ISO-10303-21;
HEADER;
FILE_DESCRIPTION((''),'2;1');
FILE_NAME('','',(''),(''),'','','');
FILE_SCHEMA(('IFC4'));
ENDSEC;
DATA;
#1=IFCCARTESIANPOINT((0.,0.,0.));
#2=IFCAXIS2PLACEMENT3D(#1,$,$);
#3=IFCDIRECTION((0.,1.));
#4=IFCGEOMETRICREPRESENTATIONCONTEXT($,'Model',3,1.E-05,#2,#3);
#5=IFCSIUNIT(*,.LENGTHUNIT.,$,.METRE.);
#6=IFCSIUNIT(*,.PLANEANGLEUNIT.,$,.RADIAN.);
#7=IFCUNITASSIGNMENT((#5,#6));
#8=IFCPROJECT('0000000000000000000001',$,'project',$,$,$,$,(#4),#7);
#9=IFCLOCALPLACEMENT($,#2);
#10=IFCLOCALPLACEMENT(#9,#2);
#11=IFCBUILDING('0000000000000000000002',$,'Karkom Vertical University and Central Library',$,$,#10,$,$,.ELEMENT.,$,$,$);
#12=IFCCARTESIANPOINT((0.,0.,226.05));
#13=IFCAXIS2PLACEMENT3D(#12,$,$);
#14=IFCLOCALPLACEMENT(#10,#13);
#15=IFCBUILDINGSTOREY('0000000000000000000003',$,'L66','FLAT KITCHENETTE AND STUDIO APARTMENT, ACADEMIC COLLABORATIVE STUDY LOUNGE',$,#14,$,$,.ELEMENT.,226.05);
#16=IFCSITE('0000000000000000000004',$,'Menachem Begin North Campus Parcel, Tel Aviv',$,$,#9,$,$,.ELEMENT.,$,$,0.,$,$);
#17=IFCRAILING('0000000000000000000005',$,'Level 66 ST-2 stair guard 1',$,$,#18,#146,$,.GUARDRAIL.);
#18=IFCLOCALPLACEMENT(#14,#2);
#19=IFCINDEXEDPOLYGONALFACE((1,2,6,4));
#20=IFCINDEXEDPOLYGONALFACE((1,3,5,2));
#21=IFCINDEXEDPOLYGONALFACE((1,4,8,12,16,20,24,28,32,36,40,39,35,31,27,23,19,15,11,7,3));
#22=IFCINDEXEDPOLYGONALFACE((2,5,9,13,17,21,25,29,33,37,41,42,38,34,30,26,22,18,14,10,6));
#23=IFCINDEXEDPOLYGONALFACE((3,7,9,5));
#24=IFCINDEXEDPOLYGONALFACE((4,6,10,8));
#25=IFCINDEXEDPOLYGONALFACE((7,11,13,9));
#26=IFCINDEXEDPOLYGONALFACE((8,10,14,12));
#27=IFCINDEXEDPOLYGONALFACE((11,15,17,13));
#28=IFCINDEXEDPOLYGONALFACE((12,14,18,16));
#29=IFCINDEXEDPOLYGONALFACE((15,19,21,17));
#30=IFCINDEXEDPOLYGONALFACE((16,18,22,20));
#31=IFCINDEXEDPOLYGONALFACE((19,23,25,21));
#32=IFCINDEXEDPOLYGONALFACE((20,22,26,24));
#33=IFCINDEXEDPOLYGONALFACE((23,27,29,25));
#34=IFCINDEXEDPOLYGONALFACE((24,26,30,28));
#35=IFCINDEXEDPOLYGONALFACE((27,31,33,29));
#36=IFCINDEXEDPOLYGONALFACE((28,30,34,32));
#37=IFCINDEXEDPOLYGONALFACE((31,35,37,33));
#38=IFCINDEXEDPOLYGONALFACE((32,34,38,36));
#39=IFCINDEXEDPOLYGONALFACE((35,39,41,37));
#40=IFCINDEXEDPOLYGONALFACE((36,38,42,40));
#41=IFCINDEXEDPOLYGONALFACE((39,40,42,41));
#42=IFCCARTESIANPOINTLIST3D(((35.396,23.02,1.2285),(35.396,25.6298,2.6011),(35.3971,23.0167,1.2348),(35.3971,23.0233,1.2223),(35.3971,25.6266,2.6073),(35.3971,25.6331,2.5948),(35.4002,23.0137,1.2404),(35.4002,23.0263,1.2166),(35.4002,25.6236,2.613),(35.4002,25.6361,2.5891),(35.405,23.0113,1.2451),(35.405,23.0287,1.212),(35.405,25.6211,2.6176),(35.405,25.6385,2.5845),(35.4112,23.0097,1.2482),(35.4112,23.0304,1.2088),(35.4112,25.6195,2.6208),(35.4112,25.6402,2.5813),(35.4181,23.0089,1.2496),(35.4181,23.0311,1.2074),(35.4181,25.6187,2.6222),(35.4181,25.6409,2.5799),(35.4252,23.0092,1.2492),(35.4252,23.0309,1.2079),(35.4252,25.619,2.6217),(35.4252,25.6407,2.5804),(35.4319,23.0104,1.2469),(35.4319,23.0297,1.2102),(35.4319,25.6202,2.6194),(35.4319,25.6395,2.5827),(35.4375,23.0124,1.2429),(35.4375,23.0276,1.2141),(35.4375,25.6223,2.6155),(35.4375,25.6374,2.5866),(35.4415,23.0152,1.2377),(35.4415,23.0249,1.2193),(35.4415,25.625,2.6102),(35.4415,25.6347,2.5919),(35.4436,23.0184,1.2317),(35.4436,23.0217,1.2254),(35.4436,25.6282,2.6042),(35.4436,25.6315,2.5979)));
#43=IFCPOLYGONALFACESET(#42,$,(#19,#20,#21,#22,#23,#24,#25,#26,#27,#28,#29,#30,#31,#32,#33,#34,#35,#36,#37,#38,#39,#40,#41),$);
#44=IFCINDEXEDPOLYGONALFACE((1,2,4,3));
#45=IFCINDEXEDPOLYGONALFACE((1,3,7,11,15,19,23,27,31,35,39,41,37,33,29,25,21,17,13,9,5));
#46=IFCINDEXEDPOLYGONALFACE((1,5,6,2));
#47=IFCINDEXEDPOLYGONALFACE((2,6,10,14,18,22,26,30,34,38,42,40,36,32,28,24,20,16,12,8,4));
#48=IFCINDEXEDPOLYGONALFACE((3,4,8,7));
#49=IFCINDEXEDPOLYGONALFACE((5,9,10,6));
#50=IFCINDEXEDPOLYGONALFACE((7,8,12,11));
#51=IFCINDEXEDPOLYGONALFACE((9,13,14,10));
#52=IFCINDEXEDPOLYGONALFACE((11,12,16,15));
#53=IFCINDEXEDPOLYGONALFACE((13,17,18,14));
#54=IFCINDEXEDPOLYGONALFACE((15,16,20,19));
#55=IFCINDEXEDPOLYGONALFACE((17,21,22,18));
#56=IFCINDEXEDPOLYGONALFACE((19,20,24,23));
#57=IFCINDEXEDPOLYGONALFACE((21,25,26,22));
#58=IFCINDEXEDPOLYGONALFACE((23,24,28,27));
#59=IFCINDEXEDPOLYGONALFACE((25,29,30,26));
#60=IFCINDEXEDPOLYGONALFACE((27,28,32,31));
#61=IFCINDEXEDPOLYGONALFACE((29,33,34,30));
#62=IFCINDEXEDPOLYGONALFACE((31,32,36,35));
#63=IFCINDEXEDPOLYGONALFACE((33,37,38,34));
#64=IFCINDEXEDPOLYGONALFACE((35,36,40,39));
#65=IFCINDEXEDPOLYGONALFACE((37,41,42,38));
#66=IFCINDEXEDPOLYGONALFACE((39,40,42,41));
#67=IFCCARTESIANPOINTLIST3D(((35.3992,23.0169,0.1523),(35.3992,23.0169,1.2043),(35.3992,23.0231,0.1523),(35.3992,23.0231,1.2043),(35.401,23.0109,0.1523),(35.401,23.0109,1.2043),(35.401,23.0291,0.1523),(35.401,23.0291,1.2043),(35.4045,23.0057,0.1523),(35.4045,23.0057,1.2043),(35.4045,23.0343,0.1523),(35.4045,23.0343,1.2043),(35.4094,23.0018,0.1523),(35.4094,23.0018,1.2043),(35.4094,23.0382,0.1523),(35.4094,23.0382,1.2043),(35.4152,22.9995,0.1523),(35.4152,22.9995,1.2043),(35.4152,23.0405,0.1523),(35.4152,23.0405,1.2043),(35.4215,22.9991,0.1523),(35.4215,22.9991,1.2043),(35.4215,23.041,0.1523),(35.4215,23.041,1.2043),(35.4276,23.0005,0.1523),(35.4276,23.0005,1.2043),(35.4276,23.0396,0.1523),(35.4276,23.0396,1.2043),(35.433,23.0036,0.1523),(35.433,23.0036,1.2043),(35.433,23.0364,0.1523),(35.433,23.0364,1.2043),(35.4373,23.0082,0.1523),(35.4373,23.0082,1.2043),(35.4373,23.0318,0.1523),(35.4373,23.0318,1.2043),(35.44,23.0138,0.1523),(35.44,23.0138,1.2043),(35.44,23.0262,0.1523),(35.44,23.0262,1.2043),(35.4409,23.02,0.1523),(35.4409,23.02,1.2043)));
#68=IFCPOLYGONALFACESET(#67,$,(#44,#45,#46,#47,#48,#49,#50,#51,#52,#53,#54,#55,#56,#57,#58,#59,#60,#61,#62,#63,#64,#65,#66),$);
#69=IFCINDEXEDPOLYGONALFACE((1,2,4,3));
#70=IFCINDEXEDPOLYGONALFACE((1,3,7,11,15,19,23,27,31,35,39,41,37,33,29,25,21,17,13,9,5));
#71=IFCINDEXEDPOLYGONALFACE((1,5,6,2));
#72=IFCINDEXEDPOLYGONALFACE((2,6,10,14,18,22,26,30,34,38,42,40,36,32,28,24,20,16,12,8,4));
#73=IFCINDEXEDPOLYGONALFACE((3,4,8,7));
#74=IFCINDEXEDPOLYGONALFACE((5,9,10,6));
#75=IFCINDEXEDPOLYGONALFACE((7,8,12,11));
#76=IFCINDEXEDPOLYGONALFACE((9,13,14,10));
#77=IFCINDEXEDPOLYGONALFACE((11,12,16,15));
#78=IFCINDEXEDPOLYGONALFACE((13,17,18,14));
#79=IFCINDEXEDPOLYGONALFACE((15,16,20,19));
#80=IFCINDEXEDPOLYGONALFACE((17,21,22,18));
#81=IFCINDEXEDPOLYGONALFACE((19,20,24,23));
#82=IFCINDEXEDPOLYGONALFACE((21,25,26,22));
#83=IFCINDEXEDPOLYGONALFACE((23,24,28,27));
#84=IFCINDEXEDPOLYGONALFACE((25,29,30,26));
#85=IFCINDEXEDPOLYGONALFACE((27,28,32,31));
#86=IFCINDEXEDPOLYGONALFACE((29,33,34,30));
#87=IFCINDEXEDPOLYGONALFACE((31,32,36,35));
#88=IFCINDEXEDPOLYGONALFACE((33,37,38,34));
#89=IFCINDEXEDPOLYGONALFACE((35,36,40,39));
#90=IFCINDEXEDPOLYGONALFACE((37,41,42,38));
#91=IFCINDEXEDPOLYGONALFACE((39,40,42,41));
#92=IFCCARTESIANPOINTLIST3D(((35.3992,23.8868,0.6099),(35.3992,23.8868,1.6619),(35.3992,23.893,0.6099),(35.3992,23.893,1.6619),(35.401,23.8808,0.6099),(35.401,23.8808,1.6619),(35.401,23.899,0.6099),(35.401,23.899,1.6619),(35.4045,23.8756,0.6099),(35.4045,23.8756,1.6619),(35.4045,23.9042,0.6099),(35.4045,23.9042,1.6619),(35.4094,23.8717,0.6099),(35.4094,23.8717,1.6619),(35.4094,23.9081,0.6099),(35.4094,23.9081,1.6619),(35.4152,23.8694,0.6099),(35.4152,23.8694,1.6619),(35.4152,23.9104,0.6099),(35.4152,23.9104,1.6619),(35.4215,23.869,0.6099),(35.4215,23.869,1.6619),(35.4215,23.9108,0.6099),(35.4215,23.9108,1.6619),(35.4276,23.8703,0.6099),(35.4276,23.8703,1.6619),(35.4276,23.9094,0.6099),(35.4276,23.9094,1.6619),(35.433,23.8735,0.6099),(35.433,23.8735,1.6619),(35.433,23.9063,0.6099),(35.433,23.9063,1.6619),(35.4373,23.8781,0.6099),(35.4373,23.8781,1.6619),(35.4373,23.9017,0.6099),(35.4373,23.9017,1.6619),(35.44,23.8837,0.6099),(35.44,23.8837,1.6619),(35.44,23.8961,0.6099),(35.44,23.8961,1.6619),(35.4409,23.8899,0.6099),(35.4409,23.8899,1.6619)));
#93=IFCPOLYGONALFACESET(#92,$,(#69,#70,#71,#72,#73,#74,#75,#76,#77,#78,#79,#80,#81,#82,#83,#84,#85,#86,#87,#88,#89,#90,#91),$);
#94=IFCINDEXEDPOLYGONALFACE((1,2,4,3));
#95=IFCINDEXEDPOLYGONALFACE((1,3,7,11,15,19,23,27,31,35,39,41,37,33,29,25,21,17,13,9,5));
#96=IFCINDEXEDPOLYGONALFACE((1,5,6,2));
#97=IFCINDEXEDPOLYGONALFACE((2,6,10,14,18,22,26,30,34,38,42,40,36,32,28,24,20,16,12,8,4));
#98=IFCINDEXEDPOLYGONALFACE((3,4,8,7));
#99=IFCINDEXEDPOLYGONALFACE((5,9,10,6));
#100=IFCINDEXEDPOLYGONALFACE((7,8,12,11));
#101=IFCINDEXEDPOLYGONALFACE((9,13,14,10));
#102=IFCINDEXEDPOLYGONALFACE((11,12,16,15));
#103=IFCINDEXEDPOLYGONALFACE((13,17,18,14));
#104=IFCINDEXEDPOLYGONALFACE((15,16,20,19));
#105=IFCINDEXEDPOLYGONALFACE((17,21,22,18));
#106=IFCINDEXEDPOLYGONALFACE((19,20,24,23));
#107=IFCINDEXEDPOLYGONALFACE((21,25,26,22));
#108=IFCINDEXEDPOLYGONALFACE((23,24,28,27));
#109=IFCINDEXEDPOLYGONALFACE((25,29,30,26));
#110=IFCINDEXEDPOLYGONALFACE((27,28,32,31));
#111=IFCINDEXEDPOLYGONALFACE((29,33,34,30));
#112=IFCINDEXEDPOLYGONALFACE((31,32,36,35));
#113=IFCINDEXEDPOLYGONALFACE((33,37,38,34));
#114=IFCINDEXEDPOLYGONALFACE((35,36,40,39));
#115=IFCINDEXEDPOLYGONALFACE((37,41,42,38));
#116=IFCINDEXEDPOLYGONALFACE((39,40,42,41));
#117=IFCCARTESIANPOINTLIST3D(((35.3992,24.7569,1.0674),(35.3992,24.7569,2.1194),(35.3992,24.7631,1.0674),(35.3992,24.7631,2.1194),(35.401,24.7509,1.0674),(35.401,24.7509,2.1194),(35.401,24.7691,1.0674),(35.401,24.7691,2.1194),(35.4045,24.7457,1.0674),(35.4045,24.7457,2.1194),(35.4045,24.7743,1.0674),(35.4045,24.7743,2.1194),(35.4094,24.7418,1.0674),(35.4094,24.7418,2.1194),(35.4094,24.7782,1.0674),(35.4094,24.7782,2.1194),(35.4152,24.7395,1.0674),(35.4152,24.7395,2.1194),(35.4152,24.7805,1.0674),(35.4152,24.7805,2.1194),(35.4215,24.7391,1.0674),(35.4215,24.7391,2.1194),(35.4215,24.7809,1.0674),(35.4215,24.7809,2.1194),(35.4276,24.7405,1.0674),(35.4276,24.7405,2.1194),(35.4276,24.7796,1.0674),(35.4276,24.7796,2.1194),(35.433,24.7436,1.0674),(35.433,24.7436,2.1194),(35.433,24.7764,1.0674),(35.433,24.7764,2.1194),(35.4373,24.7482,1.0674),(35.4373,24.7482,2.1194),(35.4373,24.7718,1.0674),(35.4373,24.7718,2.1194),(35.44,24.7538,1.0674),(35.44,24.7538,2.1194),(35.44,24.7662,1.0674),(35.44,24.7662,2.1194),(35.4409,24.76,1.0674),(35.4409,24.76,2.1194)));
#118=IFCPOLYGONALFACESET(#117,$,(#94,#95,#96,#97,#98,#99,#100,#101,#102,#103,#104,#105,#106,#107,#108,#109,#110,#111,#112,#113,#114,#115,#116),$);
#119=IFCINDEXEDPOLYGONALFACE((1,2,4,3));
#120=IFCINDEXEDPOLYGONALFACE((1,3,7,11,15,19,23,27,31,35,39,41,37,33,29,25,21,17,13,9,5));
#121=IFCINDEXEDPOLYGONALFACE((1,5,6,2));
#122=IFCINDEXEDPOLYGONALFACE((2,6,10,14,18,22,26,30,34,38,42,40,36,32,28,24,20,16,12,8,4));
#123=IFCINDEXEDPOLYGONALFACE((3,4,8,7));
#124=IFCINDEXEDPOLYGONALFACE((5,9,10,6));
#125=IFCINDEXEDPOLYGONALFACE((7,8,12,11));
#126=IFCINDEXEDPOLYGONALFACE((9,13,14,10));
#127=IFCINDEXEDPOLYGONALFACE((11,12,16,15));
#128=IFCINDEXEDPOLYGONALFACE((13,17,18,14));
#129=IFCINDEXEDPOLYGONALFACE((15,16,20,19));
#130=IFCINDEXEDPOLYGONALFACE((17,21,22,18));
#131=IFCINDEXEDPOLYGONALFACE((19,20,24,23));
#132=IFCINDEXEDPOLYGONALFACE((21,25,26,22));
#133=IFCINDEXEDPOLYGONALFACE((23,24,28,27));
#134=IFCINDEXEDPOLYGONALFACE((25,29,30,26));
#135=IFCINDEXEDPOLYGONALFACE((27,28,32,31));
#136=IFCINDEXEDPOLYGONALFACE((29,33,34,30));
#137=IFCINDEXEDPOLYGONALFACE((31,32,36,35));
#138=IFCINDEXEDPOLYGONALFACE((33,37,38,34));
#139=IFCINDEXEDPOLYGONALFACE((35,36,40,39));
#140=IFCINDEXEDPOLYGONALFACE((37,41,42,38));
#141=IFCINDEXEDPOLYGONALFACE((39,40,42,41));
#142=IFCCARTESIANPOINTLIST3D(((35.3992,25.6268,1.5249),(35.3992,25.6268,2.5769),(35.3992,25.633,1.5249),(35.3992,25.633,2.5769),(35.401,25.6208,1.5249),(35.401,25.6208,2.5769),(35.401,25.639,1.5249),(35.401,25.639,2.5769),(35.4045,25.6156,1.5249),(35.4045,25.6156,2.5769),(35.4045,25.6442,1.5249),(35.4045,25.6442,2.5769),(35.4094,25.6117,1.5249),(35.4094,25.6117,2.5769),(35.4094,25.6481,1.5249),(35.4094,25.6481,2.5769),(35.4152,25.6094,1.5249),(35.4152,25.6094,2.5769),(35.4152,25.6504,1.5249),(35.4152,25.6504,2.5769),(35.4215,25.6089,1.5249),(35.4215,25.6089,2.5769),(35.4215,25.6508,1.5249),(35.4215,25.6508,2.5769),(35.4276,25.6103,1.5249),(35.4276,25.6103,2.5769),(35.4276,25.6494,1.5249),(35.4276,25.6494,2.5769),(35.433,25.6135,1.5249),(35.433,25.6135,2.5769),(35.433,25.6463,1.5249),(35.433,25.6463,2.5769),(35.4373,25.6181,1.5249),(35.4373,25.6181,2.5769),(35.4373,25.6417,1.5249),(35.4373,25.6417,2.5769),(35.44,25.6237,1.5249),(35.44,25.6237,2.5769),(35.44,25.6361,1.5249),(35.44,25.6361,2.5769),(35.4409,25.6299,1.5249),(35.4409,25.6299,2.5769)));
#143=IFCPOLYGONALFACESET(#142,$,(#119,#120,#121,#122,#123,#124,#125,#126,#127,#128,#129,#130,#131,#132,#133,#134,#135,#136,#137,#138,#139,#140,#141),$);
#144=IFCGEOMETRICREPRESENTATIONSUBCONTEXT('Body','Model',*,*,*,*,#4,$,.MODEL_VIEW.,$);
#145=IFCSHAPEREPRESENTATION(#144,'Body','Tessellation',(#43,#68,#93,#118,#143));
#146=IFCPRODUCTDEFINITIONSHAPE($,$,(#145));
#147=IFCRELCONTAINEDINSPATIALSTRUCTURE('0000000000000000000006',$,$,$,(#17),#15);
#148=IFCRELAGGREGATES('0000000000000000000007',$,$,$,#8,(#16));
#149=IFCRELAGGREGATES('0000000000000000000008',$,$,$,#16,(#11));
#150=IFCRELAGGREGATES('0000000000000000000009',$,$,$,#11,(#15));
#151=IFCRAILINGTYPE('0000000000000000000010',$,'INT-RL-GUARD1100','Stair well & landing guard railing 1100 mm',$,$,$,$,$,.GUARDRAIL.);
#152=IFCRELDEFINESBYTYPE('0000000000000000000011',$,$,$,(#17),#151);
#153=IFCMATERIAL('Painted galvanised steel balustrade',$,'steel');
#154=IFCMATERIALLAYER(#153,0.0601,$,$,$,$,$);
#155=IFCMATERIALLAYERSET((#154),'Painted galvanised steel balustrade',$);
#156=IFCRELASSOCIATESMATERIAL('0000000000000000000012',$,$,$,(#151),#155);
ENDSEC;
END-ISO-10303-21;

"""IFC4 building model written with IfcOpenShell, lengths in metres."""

from ifc_helpers import new_model, si_unit, direction, frame, origin, origin_2d, place, context, subcontext, project, spatial, circle, extrude, material, layer, layer_set, type_object, element, save


model = new_model("IFC4")

# Units and contexts
model_context = context("Model", 3, precision=1e-05, world=origin(), true_north=direction((0.0, 1.0)))
body_context = subcontext(model_context, "Body", "Model", "MODEL_VIEW")
ifc_project = project(units=[si_unit("LENGTHUNIT", "METRE"), si_unit("PLANEANGLEUNIT", "RADIAN")], contexts=[model_context])

# Site, building, storey
site_placement = place(None, origin())
site = spatial("IfcSite", under=ifc_project, at=site_placement, Name="Menachem Begin North Campus Parcel, Tel Aviv", CompositionType="ELEMENT", RefElevation=0.0)
building_placement = place(site_placement, origin())
building = spatial("IfcBuilding", under=site, at=building_placement, Name="Karkom Vertical University and Central Library", CompositionType="ELEMENT")
storey_placement = place(building_placement, frame((0.0, 0.0, 226.05)))
storey = spatial("IfcBuildingStorey", under=building, at=storey_placement, Name="L66", Description="FLAT KITCHENETTE AND STUDIO APARTMENT, ACADEMIC COLLABORATIVE STUDY LOUNGE", CompositionType="ELEMENT", Elevation=226.05)

# Railing
ifc_material_1 = material(Name="Painted galvanised steel balustrade", Category="steel")
ifc_layer_1 = layer(ifc_material_1, 0.0601)
ifc_layer_set_1 = layer_set([ifc_layer_1], Name="Painted galvanised steel balustrade")
railing_type = type_object("IfcRailingType", Name="INT-RL-GUARD1100", Description="Stair well & landing guard railing 1100 mm", PredefinedType="GUARDRAIL", material=ifc_layer_set_1)
railing_1_placement = place(storey_placement, frame((35.4199, 23.02, 0.1523)))
element("IfcRailing", 1, at=railing_1_placement, inside=storey, type_object=railing_type, Name="Level 66 ST-2 stair guard 1", PredefinedType="GUARDRAIL", context=body_context, shape_type="SweptSolid", body=[
    extrude(circle(Radius=0.0239, at=origin_2d()), frame((0.0, 0.0, 1.0762), z_axis=(0.0, 0.885065, 0.465467), x_axis=(-1.0, 0.0, 0.0)), (0.0, 0.0, 1.0), 2.9487),
    extrude(circle(Radius=0.021, at=origin_2d()), origin(), (0.0, 0.0, 1.0), 1.052),
    extrude(circle(Radius=0.021, at=origin_2d()), frame((0.0, 0.8699, 0.4575)), (0.0, 0.0, 1.0), 1.052),
    extrude(circle(Radius=0.021, at=origin_2d()), frame((0.0, 1.74, 0.915)), (0.0, 0.0, 1.0), 1.052),
    extrude(circle(Radius=0.021, at=origin_2d()), frame((0.0, 2.6099, 1.3726)), (0.0, 0.0, 1.0), 1.052),
])

save(model, "model.ifc")
